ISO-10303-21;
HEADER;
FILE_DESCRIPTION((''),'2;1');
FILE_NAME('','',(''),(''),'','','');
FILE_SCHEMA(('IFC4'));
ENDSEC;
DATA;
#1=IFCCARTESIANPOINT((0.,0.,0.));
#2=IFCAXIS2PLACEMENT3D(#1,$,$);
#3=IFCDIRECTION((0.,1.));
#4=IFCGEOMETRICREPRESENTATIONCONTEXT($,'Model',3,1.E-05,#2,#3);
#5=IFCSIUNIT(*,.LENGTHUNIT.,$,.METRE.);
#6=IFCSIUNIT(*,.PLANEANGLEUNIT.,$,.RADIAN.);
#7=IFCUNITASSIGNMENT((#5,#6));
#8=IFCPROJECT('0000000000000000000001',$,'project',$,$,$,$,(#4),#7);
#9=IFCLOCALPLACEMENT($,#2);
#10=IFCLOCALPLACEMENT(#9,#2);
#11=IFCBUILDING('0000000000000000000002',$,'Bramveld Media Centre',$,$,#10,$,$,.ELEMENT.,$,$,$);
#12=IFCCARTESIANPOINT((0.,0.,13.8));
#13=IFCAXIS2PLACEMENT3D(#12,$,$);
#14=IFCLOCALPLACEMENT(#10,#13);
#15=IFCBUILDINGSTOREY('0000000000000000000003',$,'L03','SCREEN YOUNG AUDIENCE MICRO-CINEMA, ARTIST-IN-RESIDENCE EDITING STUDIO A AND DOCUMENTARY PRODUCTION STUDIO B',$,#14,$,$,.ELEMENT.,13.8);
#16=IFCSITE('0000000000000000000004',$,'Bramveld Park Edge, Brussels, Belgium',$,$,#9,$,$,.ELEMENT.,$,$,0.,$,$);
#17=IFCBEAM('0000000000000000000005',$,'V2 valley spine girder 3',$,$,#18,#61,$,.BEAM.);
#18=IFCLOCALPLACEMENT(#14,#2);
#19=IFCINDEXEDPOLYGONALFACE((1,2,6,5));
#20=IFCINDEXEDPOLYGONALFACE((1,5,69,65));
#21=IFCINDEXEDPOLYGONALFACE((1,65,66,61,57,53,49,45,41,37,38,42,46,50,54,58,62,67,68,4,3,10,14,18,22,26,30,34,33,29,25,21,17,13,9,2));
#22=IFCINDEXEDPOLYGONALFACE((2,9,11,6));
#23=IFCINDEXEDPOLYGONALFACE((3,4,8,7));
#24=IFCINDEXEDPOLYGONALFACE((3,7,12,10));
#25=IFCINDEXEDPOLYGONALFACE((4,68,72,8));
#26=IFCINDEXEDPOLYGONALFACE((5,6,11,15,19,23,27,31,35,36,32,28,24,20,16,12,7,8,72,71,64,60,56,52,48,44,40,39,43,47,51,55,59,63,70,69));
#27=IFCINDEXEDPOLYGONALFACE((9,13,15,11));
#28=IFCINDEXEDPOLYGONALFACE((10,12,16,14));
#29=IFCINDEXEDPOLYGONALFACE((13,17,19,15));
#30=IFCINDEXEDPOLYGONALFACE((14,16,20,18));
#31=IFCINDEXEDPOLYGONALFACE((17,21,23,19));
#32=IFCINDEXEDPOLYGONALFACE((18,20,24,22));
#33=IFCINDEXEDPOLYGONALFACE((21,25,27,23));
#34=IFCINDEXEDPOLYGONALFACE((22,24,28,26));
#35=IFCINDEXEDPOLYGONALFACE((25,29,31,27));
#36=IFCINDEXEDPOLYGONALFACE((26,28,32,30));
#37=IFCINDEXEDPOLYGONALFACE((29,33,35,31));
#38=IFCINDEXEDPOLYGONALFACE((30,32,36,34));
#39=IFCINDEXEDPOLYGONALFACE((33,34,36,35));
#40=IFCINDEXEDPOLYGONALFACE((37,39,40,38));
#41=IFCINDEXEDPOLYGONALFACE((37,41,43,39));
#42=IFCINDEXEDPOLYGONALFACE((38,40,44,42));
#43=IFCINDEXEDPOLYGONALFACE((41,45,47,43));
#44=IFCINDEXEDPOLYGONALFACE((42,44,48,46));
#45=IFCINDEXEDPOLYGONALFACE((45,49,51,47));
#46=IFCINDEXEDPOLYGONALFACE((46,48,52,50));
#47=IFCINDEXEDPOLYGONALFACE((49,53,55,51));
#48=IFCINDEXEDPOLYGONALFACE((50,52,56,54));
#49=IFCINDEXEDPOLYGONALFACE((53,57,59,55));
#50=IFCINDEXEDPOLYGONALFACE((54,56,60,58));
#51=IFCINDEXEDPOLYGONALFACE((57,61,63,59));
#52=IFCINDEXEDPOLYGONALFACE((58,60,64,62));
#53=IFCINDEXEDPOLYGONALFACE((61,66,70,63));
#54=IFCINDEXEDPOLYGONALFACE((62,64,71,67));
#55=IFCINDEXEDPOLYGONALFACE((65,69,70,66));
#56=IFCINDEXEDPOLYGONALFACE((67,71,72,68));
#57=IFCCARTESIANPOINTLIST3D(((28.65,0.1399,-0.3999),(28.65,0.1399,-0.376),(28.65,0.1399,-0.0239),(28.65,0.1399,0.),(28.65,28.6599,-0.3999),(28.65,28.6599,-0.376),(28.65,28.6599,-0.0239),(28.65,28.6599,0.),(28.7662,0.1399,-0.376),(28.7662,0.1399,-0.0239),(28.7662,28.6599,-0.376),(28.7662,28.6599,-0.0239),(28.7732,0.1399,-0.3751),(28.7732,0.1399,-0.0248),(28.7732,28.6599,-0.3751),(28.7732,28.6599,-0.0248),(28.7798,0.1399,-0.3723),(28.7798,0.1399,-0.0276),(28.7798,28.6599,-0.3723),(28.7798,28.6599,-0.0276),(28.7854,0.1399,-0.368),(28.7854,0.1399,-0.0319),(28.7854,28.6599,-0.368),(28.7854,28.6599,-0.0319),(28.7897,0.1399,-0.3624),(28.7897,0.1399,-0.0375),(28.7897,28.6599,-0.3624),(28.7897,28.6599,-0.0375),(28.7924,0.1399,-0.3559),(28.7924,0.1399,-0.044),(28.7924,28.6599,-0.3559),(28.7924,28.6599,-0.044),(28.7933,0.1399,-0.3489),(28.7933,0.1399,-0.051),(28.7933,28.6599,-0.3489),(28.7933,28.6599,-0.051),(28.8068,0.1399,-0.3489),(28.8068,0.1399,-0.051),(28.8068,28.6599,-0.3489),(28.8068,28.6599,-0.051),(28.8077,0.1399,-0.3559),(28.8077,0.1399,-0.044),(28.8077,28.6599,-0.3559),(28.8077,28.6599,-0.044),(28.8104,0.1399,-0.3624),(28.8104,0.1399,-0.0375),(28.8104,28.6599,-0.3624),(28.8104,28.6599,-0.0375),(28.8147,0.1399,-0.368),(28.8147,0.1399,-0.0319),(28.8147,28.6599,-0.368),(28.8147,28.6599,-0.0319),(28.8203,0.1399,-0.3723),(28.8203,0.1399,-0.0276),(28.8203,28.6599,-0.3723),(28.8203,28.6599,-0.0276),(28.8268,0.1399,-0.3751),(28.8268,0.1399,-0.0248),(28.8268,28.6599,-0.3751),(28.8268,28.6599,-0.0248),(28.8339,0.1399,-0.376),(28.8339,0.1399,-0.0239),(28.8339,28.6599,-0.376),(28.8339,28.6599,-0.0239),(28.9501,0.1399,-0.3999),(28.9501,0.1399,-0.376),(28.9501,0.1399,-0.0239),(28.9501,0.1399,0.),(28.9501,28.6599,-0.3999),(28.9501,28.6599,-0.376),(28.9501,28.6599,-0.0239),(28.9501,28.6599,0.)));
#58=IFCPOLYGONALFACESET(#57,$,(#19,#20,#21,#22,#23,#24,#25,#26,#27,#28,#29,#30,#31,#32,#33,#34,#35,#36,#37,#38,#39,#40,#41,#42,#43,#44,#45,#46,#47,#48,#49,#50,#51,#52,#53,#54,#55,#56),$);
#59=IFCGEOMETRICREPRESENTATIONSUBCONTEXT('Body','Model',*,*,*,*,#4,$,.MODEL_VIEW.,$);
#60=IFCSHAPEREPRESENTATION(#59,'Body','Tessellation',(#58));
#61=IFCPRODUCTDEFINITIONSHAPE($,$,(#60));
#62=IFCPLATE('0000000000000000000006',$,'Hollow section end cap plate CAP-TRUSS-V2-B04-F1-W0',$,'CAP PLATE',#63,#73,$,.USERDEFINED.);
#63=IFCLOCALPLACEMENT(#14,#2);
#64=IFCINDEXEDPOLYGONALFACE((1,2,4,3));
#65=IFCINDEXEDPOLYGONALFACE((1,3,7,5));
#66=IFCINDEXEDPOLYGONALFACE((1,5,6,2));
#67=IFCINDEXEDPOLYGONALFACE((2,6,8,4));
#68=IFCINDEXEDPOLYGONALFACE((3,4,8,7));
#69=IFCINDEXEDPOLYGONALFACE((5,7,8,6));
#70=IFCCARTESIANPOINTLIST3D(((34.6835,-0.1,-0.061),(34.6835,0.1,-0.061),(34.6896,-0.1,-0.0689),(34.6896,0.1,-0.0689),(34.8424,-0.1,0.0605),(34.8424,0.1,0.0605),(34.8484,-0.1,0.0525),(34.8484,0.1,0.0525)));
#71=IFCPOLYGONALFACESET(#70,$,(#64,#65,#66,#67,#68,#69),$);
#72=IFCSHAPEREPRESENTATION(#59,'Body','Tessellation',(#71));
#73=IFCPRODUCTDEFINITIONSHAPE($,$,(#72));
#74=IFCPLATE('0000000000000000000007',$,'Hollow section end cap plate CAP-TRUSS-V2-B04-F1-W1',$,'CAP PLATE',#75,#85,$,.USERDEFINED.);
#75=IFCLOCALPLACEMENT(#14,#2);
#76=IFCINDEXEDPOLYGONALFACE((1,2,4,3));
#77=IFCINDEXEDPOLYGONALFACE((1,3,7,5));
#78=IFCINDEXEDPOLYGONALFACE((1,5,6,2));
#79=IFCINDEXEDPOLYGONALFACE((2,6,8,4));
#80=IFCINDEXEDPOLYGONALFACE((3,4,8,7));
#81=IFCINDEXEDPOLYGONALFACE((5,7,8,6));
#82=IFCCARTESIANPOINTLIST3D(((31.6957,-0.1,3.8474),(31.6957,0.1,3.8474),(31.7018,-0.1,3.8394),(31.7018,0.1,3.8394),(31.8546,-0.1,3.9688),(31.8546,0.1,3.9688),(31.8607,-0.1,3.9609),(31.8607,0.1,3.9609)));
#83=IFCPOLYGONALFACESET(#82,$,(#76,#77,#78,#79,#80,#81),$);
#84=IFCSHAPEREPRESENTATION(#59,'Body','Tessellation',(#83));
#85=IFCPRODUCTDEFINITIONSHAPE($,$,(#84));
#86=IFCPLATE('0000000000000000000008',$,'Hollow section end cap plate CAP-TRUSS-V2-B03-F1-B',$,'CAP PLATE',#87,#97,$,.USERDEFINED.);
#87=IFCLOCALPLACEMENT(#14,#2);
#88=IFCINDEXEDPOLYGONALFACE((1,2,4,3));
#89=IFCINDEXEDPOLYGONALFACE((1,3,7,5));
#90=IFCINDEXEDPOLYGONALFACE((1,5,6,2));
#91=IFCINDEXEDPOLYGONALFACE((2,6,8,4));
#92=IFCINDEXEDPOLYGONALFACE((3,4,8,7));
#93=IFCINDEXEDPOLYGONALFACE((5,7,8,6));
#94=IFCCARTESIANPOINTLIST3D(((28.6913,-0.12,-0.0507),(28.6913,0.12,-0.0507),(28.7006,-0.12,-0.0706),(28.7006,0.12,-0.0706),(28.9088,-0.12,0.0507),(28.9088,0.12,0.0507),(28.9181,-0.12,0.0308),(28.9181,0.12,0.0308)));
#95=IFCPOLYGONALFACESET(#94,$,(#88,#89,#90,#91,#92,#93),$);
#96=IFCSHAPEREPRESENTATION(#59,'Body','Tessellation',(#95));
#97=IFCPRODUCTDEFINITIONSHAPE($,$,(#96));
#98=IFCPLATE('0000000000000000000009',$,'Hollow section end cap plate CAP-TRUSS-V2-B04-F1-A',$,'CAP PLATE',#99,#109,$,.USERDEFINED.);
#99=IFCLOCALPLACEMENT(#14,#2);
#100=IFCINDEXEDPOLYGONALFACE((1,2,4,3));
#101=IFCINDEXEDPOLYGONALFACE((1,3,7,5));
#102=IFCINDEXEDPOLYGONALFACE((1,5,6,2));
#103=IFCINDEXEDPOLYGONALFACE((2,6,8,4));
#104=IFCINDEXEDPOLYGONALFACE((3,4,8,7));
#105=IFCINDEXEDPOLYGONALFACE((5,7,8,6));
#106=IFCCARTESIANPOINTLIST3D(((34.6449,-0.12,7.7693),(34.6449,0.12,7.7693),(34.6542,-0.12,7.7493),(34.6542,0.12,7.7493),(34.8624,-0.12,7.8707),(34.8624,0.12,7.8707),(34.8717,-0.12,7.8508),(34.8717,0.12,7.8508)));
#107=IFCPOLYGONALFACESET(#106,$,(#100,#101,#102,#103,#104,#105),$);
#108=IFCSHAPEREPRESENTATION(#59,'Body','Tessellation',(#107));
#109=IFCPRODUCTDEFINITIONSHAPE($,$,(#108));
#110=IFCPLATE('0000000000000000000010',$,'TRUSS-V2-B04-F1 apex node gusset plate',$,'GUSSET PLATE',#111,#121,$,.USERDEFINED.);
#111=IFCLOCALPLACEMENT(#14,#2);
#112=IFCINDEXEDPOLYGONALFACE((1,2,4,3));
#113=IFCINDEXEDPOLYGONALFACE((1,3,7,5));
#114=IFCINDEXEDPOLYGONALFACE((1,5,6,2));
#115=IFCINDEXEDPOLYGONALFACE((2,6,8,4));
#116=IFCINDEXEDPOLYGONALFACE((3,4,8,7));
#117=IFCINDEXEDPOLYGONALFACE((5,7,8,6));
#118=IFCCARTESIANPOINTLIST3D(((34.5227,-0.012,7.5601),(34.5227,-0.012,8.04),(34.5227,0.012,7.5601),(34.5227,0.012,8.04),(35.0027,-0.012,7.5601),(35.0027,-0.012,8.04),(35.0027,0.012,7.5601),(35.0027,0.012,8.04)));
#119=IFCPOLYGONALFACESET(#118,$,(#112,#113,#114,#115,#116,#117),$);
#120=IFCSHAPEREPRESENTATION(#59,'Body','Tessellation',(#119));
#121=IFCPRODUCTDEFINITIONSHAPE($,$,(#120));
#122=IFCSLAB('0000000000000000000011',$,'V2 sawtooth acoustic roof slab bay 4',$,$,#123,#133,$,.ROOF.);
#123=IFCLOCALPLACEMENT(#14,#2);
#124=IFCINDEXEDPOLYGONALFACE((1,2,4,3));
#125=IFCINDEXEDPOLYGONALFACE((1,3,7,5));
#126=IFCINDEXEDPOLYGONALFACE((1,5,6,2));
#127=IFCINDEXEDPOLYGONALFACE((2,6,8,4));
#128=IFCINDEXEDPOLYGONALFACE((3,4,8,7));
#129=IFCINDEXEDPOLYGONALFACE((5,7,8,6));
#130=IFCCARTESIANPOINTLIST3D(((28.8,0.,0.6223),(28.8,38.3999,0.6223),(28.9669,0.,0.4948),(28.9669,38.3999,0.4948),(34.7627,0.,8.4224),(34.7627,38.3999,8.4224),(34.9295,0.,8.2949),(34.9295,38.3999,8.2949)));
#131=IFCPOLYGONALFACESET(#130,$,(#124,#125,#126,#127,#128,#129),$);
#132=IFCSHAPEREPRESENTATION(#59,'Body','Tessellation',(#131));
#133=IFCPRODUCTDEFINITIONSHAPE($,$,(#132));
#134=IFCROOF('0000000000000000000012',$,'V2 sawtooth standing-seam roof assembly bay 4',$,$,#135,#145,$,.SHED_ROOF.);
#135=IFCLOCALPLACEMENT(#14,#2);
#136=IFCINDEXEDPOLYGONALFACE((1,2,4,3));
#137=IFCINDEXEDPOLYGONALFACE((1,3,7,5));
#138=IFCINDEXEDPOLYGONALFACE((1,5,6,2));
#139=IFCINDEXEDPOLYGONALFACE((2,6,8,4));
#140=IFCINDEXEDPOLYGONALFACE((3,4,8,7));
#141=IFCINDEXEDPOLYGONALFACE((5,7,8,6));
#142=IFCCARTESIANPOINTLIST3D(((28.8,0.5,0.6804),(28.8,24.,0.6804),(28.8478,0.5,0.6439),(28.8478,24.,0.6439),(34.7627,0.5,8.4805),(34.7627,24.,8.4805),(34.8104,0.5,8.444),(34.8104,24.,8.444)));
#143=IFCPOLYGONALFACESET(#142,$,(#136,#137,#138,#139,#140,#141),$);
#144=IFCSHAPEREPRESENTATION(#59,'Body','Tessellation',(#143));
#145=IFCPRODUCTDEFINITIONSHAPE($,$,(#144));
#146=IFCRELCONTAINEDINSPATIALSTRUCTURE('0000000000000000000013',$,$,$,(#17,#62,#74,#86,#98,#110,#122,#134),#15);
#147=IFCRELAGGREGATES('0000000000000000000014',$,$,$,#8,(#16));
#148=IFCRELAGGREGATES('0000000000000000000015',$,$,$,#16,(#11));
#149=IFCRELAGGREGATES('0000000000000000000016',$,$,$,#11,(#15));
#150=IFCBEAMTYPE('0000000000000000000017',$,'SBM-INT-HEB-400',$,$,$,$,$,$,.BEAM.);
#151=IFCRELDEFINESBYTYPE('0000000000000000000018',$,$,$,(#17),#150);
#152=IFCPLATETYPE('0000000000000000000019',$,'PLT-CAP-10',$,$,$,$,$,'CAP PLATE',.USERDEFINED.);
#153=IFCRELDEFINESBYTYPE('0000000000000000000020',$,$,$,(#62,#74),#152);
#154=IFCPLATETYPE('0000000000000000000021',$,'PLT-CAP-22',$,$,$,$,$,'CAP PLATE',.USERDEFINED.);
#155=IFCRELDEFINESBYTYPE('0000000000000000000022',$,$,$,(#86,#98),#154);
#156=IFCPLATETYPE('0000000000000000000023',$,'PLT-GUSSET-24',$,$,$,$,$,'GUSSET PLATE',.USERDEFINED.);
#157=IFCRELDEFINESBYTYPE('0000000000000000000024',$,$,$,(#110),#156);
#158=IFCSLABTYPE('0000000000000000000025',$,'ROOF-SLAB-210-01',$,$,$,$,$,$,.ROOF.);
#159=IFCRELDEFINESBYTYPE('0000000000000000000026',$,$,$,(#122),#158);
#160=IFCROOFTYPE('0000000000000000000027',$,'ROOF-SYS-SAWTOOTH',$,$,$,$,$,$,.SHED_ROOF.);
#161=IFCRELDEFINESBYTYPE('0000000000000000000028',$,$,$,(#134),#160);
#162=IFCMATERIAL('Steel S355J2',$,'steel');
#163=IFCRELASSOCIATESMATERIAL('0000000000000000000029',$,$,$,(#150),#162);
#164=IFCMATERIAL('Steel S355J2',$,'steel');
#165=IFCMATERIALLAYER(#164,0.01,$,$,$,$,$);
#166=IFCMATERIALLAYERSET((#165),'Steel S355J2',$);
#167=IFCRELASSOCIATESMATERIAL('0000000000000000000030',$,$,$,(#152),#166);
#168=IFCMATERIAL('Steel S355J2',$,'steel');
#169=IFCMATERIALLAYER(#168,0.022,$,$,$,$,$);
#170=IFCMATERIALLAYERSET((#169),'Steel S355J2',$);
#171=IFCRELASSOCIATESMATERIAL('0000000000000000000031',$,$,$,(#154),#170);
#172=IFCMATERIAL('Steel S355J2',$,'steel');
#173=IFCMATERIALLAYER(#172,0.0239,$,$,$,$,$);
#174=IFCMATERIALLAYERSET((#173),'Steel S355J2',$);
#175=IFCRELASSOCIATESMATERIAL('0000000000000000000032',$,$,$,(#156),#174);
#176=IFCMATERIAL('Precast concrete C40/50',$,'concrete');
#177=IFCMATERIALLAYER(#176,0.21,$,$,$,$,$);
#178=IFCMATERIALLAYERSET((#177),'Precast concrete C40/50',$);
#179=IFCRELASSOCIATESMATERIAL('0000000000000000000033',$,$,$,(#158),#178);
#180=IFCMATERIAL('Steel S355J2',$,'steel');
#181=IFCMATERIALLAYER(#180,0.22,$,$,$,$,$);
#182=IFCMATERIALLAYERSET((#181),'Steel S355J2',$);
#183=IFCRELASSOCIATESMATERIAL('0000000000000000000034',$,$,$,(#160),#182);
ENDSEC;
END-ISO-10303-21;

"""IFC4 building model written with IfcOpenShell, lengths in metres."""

from ifc_helpers import new_model, si_unit, direction, frame, origin, origin_2d, place, context, subcontext, project, spatial, polyline, rectangle, i_section, outline, extrude, material, layer, layer_set, material_profile, profile_set, type_object, element, save


model = new_model("IFC4")

# Units and contexts
model_context = context("Model", 3, precision=1e-05, world=origin(), true_north=direction((0.0, 1.0)))
body_context = subcontext(model_context, "Body", "Model", "MODEL_VIEW")
ifc_project = project(units=[si_unit("LENGTHUNIT", "METRE"), si_unit("PLANEANGLEUNIT", "RADIAN")], contexts=[model_context])

# Site, building, storey
site_placement = place(None, origin())
site = spatial("IfcSite", under=ifc_project, at=site_placement, Name="Bramveld Park Edge, Brussels, Belgium", CompositionType="ELEMENT", RefElevation=0.0)
building_placement = place(site_placement, origin())
building = spatial("IfcBuilding", under=site, at=building_placement, Name="Bramveld Media Centre", CompositionType="ELEMENT")
storey_placement = place(building_placement, frame((0.0, 0.0, 13.8)))
storey = spatial("IfcBuildingStorey", under=building, at=storey_placement, Name="L03", Description="SCREEN YOUNG AUDIENCE MICRO-CINEMA, ARTIST-IN-RESIDENCE EDITING STUDIO A AND DOCUMENTARY PRODUCTION STUDIO B", CompositionType="ELEMENT", Elevation=13.8)

# Beam
ifc_material_1 = material(Name="Steel S355J2", Category="steel")
ifc_material_profile_1 = material_profile(ifc_material_1, i_section(OverallWidth=0.3, OverallDepth=0.3999, WebThickness=0.0134, FlangeThickness=0.0239, FilletRadius=0.0271, at=origin_2d()), Name="HEB 400")
ifc_profile_set_1 = profile_set([ifc_material_profile_1], Name="Steel S355J2")
beam_type_1 = type_object("IfcBeamType", Name="SBM-INT-HEB-400", PredefinedType="BEAM", material=ifc_profile_set_1)
beam_1_placement = place(storey_placement, frame((28.8, 0.1399, -0.2), z_axis=(0.0, 1.0, 0.0), x_axis=(-1.0, 0.0, 0.0)))
element("IfcBeam", 1, at=beam_1_placement, inside=storey, type_object=beam_type_1, Name="V2 valley spine girder 3", PredefinedType="BEAM", context=body_context, shape_type="SweptSolid", body=[
    extrude(i_section(OverallWidth=0.3, OverallDepth=0.3999, WebThickness=0.0134, FlangeThickness=0.0239, FilletRadius=0.0271, at=origin_2d()), origin(), (0.0, 0.0, 1.0), 28.52),
])

# Plates
ifc_material_2 = material(Name="Steel S355J2", Category="steel")
ifc_layer_1 = layer(ifc_material_2, 0.01)
ifc_layer_set_1 = layer_set([ifc_layer_1], Name="Steel S355J2")
plate_type_1 = type_object("IfcPlateType", Name="PLT-CAP-10", ElementType="CAP PLATE", PredefinedType="USERDEFINED", material=ifc_layer_set_1)
for number, where, z_axis, x_axis, name in (
    (2, (34.7629, 0.0, -0.0002), (0.607328, 0.0, -0.794451), (0.0, 1.0, 0.0), "Hollow section end cap plate CAP-TRUSS-V2-B04-F1-W0"),
    (3, (31.7812, 0.0, 3.9001), (-0.607328, 0.0, 0.794451), (0.0, -1.0, 0.0), "Hollow section end cap plate CAP-TRUSS-V2-B04-F1-W1"),
):
    element("IfcPlate", number, at=place(storey_placement, frame(where, z_axis=z_axis, x_axis=x_axis)), inside=storey, type_object=plate_type_1, Name=name, ObjectType="CAP PLATE", PredefinedType="USERDEFINED", context=body_context, shape_type="SweptSolid", body=[
        extrude(rectangle(XDim=0.2, YDim=0.2, at=origin_2d()), origin(), (0.0, 0.0, 1.0), 0.01),
    ])
ifc_material_3 = material(Name="Steel S355J2", Category="steel")
ifc_layer_2 = layer(ifc_material_3, 0.022)
ifc_layer_set_2 = layer_set([ifc_layer_2], Name="Steel S355J2")
plate_type_2 = type_object("IfcPlateType", Name="PLT-CAP-22", ElementType="CAP PLATE", PredefinedType="USERDEFINED", material=ifc_layer_set_2)
for number, where, z_axis, x_axis, name in (
    (4, (28.8, 0.0, 0.0), (0.422618, 0.0, -0.906308), (0.0, 1.0, 0.0), "Hollow section end cap plate CAP-TRUSS-V2-B03-F1-B"),
    (5, (34.7629, 0.0, 7.8), (-0.422618, 0.0, 0.906308), (0.0, -1.0, 0.0), "Hollow section end cap plate CAP-TRUSS-V2-B04-F1-A"),
):
    element("IfcPlate", number, at=place(storey_placement, frame(where, z_axis=z_axis, x_axis=x_axis)), inside=storey, type_object=plate_type_2, Name=name, ObjectType="CAP PLATE", PredefinedType="USERDEFINED", context=body_context, shape_type="SweptSolid", body=[
        extrude(rectangle(XDim=0.24, YDim=0.24, at=origin_2d()), origin(), (0.0, 0.0, 1.0), 0.022),
    ])
ifc_material_4 = material(Name="Steel S355J2", Category="steel")
ifc_layer_3 = layer(ifc_material_4, 0.0239)
ifc_layer_set_3 = layer_set([ifc_layer_3], Name="Steel S355J2")
plate_type_3 = type_object("IfcPlateType", Name="PLT-GUSSET-24", ElementType="GUSSET PLATE", PredefinedType="USERDEFINED", material=ifc_layer_set_3)
plate_placement = place(storey_placement, frame((34.7627, 0.0, 7.5601), z_axis=(0.0, 0.0, 1.0), x_axis=(1.0, 0.0, 0.0)))
element("IfcPlate", 6, at=plate_placement, inside=storey, type_object=plate_type_3, Name="TRUSS-V2-B04-F1 apex node gusset plate", ObjectType="GUSSET PLATE", PredefinedType="USERDEFINED", context=body_context, shape_type="SweptSolid", body=[
    extrude(rectangle(XDim=0.48, YDim=0.0239, at=origin_2d()), origin(), (0.0, 0.0, 1.0), 0.48),
])

# Slab
ifc_material_5 = material(Name="Precast concrete C40/50", Category="concrete")
ifc_layer_4 = layer(ifc_material_5, 0.21)
ifc_layer_set_4 = layer_set([ifc_layer_4], Name="Precast concrete C40/50")
slab_type = type_object("IfcSlabType", Name="ROOF-SLAB-210-01", PredefinedType="ROOF", material=ifc_layer_set_4)
slab_placement = place(storey_placement, frame((28.8, 0.0, 0.6223), z_axis=(-0.794461, 0.0, 0.607315), x_axis=(0.607315, 0.0, 0.794461)))
element("IfcSlab", 7, at=slab_placement, inside=storey, type_object=slab_type, Name="V2 sawtooth acoustic roof slab bay 4", PredefinedType="ROOF", context=body_context, shape_type="SweptSolid", body=[
    extrude(outline(polyline([(0.0, 0.0), (9.818, 0.0), (9.818, 38.3999), (0.0, 38.3999), (0.0, 0.0)])), origin(), (0.0, 0.0, -1.0), 0.21),
])

# Roof
ifc_material_6 = material(Name="Steel S355J2", Category="steel")
ifc_layer_5 = layer(ifc_material_6, 0.22)
ifc_layer_set_5 = layer_set([ifc_layer_5], Name="Steel S355J2")
roof_type = type_object("IfcRoofType", Name="ROOF-SYS-SAWTOOTH", PredefinedType="SHED_ROOF", material=ifc_layer_set_5)
roof_placement = place(storey_placement, frame((28.8, 0.5, 0.6804), z_axis=(-0.794461, 0.0, 0.607315), x_axis=(0.607315, 0.0, 0.794461)))
element("IfcRoof", 8, at=roof_placement, inside=storey, type_object=roof_type, Name="V2 sawtooth standing-seam roof assembly bay 4", PredefinedType="SHED_ROOF", context=body_context, shape_type="SweptSolid", body=[
    extrude(outline(polyline([(0.0, 0.0), (9.818, 0.0), (9.818, 23.5), (0.0, 23.5), (0.0, 0.0)])), origin(), (0.0, 0.0, -1.0), 0.0601),
])

save(model, "model.ifc")
